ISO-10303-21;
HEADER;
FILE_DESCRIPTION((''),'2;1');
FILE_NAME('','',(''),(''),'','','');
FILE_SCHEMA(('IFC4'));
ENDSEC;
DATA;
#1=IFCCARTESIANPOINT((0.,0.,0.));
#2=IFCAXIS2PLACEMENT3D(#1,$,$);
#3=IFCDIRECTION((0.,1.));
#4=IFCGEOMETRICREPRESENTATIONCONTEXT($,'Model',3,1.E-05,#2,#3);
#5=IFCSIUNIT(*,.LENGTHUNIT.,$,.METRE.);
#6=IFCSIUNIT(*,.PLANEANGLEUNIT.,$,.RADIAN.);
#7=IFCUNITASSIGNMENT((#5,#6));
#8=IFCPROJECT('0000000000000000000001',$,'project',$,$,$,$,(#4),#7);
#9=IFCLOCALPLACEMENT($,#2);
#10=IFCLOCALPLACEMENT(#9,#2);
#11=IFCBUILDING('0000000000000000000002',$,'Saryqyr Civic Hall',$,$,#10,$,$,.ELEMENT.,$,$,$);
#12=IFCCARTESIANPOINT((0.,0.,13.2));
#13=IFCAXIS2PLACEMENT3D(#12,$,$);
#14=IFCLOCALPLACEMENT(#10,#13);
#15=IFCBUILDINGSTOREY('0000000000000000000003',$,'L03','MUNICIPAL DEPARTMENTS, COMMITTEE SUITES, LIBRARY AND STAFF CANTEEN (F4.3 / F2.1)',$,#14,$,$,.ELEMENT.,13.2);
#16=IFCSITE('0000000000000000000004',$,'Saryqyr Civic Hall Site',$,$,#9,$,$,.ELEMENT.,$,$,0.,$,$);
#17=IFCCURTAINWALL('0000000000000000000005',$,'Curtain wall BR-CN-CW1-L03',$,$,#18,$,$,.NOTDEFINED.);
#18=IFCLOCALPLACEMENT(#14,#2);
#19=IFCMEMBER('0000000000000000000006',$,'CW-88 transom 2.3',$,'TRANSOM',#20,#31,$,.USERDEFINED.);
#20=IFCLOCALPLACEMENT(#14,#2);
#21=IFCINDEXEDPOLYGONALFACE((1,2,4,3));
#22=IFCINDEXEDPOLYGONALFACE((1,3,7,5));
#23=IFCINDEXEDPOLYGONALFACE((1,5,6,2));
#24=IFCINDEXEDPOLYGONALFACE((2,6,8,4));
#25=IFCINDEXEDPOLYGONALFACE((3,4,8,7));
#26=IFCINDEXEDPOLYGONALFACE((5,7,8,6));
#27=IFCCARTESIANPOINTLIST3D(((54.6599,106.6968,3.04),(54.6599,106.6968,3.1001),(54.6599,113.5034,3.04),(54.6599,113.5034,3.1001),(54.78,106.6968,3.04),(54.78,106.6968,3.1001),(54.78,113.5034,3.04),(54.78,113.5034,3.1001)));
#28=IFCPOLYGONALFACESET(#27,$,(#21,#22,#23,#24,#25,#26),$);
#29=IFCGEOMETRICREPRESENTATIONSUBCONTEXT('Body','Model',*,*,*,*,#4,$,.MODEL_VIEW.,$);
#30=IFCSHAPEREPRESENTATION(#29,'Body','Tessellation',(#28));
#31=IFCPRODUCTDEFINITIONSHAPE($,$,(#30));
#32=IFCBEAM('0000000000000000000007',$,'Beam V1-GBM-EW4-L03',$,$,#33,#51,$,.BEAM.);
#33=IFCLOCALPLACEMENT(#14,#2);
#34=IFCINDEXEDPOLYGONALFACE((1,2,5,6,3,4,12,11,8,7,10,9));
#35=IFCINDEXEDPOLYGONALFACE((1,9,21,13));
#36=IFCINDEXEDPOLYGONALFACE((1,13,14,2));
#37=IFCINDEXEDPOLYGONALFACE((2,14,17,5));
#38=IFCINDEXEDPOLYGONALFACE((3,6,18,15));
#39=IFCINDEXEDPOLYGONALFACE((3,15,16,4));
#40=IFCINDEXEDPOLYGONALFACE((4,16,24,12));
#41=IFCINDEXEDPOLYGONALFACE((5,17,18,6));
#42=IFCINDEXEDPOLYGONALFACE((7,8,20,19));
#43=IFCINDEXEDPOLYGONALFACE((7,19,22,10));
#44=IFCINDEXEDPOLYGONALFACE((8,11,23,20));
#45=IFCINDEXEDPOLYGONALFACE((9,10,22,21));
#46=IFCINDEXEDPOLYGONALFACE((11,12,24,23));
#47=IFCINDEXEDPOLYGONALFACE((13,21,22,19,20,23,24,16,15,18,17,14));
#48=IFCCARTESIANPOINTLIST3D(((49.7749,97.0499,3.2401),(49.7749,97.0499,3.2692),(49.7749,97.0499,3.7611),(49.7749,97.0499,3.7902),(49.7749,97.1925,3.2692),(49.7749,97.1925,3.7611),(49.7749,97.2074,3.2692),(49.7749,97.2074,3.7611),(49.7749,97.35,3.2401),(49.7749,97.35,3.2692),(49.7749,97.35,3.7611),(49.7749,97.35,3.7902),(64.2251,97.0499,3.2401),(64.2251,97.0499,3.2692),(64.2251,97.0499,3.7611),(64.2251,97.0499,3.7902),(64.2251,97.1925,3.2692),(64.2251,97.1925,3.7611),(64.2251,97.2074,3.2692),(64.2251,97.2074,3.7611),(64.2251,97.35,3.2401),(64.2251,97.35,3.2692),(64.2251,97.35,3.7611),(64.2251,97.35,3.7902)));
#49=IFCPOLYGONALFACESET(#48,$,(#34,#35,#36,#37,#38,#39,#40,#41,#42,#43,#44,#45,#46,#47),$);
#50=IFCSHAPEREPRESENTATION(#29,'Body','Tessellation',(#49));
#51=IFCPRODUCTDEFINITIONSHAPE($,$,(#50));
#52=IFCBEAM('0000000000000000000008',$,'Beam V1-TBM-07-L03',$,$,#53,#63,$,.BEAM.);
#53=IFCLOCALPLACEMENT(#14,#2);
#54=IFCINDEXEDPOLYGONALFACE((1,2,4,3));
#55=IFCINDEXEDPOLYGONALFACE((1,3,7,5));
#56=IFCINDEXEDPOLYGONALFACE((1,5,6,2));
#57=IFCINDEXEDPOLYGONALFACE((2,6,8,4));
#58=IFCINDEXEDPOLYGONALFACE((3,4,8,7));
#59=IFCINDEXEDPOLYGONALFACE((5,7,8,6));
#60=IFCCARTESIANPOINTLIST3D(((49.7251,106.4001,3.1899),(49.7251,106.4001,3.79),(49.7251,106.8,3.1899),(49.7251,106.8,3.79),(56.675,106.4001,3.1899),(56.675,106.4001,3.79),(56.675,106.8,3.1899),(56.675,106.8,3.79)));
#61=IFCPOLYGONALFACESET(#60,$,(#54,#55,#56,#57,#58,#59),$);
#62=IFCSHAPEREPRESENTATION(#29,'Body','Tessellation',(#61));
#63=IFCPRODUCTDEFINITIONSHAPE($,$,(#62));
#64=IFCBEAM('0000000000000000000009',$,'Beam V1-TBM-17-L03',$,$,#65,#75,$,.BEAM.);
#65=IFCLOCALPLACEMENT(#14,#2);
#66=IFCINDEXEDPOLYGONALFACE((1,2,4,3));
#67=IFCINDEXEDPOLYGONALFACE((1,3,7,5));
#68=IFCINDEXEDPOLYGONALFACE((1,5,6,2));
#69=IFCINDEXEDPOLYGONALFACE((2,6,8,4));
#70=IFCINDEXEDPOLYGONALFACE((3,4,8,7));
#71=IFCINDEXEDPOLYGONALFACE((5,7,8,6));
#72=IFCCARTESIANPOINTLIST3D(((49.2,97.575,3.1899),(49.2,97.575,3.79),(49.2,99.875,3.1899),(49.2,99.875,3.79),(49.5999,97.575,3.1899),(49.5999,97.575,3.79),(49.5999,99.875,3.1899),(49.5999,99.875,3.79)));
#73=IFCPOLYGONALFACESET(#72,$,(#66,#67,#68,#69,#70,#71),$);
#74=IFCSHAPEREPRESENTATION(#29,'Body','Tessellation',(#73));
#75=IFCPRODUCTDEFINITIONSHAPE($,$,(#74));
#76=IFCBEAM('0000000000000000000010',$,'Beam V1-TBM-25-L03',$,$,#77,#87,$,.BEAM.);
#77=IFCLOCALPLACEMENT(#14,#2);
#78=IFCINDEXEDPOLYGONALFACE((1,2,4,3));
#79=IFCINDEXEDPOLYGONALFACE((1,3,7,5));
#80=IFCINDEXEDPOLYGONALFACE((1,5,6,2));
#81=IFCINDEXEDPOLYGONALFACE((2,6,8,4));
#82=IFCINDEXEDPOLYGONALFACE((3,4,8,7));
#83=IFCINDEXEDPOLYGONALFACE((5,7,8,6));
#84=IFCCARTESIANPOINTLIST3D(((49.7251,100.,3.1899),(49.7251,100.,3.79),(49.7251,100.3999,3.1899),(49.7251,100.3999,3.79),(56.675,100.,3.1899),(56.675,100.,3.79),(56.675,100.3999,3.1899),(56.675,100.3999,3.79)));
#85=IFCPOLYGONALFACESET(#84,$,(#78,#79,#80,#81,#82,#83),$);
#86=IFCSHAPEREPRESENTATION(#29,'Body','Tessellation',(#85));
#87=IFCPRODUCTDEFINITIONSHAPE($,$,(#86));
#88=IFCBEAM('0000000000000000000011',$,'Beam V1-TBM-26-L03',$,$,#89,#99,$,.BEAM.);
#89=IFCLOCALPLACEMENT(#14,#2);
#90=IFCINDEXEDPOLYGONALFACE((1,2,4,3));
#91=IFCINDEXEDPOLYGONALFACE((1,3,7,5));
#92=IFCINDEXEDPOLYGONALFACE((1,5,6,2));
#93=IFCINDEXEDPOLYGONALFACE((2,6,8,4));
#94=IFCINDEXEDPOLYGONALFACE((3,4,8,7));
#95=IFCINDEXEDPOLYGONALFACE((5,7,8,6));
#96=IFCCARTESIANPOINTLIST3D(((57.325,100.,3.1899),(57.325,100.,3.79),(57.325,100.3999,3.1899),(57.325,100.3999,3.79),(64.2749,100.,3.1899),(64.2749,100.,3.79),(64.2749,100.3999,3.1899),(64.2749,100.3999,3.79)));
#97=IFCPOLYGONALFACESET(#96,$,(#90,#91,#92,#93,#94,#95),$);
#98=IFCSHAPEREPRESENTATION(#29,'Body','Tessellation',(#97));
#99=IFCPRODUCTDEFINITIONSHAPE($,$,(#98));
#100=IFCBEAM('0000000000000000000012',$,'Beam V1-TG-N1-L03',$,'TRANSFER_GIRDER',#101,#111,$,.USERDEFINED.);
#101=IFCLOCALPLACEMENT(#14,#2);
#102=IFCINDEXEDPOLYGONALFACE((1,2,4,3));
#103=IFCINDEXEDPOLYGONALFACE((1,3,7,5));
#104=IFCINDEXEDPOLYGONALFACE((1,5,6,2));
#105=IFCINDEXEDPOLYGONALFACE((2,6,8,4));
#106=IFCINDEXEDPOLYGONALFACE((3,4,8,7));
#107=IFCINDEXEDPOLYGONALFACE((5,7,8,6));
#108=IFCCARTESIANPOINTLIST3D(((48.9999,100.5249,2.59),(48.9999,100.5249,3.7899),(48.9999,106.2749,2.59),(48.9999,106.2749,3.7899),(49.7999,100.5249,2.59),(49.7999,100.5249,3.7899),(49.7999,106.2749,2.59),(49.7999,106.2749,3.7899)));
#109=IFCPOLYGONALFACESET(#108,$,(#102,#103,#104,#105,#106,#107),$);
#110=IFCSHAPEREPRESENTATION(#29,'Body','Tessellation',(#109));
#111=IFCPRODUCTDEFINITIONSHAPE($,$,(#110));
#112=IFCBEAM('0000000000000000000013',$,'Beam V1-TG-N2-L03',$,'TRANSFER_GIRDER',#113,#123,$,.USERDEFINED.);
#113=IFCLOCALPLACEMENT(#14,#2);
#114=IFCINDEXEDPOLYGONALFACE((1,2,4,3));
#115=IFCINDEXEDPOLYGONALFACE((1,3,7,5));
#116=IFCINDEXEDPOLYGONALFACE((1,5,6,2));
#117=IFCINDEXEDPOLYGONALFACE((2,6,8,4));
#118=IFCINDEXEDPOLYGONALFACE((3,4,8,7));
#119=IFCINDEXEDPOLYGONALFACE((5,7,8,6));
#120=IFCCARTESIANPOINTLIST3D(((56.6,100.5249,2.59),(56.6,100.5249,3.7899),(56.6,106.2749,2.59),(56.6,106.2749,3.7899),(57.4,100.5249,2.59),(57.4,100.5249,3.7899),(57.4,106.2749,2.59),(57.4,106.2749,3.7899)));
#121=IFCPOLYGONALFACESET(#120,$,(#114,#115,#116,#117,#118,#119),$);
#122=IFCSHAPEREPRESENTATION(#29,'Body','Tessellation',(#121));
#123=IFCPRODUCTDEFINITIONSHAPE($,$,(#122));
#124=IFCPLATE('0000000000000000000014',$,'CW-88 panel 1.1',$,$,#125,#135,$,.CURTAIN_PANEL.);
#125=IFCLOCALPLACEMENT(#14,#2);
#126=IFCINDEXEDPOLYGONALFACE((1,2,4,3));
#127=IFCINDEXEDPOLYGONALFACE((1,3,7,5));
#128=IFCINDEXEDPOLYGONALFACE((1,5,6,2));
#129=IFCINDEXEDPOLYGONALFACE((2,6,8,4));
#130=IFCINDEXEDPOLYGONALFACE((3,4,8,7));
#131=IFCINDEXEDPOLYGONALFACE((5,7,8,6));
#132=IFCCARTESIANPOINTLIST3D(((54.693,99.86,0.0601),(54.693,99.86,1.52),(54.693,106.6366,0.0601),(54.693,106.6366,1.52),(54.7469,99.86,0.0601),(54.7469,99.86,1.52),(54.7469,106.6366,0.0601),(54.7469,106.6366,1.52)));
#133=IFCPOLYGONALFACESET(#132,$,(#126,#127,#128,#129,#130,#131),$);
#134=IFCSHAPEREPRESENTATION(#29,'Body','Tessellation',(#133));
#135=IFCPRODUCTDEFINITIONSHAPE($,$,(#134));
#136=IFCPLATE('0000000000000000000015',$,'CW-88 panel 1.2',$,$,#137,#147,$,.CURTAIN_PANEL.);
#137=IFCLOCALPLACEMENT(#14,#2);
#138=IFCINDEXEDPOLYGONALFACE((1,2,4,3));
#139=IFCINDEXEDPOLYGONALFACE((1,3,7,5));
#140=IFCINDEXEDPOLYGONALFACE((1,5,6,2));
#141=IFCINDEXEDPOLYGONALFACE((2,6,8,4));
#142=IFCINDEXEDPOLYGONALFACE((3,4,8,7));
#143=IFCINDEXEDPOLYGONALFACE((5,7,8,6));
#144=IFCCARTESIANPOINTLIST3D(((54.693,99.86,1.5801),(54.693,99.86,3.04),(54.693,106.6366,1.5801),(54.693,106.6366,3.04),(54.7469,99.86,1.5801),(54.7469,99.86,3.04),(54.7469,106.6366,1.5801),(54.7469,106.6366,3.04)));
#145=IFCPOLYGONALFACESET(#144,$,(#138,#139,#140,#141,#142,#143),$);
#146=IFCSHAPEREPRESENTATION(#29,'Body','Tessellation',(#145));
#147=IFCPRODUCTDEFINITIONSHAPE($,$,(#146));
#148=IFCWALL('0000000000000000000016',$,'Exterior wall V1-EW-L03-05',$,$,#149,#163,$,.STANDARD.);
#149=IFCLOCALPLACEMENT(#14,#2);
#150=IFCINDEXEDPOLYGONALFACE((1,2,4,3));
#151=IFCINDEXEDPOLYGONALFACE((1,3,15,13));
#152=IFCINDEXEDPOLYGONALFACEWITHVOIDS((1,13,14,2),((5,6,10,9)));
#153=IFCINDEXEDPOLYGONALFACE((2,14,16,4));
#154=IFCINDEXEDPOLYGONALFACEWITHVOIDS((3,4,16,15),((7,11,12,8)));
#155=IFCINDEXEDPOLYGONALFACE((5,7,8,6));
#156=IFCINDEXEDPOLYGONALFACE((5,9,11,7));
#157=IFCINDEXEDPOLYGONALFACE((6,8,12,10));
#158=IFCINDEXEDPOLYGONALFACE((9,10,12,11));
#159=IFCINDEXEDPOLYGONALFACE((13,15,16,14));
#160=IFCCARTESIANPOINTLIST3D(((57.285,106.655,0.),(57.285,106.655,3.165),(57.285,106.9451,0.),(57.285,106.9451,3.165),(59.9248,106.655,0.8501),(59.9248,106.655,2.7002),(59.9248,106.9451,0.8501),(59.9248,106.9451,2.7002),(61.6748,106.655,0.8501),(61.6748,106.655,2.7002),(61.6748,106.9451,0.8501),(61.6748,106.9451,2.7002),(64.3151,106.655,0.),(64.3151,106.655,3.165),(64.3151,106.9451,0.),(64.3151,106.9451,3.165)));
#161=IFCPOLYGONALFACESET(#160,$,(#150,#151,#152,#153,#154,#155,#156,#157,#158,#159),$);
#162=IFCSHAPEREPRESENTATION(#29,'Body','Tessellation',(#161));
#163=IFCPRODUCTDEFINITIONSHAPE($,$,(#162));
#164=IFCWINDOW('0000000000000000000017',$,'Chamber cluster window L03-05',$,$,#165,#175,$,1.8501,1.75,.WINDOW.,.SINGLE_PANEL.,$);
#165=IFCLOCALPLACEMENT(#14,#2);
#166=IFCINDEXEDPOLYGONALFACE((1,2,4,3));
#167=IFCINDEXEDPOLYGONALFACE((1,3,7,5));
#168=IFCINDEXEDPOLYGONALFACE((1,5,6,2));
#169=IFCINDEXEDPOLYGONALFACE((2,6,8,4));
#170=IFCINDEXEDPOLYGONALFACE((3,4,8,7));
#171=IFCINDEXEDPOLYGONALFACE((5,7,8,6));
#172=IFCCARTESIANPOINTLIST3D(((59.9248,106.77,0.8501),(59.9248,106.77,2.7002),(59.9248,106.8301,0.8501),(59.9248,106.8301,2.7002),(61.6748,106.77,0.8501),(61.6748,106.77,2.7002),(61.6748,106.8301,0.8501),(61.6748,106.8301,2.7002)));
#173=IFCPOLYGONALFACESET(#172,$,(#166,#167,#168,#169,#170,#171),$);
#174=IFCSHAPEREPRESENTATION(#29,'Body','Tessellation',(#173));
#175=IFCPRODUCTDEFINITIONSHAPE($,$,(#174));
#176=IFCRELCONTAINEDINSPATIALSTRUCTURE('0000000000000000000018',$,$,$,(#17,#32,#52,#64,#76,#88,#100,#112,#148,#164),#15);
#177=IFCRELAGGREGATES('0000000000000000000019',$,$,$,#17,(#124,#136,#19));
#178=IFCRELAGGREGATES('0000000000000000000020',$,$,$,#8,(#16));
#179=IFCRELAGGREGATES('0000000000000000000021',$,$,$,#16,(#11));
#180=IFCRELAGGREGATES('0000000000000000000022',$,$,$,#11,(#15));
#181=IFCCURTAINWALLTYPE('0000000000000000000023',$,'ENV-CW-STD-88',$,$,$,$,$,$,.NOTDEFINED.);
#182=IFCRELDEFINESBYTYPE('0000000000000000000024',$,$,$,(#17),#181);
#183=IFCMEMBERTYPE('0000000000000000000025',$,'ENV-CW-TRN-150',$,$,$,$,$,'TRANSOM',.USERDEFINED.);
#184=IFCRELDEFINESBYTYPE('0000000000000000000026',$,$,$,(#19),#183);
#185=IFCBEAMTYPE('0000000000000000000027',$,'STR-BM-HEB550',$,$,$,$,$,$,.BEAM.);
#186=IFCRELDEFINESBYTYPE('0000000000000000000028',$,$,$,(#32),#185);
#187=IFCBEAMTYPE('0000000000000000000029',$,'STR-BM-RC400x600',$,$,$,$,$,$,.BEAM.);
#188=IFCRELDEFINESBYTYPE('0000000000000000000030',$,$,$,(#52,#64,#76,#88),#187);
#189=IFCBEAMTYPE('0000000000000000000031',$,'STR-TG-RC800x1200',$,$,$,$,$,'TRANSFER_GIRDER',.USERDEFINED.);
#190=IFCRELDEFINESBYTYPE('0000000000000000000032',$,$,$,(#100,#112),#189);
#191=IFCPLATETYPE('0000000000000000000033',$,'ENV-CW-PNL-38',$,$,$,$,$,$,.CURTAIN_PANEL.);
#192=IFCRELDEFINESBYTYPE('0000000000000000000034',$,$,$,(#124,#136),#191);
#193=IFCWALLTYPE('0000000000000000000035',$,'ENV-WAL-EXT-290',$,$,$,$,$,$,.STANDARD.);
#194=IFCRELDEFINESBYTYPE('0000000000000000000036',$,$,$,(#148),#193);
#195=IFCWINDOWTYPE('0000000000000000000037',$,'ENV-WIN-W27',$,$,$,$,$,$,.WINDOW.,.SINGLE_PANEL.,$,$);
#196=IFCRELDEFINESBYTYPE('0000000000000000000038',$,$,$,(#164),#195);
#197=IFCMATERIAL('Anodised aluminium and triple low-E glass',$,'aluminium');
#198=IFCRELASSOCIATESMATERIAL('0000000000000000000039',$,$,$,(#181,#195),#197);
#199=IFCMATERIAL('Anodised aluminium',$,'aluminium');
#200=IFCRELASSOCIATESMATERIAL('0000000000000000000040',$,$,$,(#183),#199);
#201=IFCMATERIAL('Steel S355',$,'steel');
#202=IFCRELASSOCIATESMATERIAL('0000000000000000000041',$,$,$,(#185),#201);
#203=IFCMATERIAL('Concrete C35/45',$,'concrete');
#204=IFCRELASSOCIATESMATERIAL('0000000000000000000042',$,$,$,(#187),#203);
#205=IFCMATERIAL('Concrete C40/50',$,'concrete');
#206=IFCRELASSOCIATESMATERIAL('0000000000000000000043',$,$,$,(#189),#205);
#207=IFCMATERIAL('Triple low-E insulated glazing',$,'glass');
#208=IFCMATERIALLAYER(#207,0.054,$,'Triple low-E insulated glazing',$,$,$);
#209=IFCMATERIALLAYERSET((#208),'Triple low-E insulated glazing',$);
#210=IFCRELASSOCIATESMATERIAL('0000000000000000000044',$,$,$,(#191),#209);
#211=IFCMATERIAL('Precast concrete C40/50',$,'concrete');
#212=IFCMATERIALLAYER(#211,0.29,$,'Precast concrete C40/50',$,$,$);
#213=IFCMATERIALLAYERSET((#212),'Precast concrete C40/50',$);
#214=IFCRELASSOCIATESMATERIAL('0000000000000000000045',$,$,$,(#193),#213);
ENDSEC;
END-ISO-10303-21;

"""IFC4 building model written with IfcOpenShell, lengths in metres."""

from ifc_helpers import new_model, si_unit, direction, frame, frame_2d, origin, origin_2d, place, context, subcontext, project, spatial, rectangle, i_section, extrude, material, layer, layer_set, material_profile, profile_set, type_object, element, fill, aggregate, save


model = new_model("IFC4")

# Units and contexts
model_context = context("Model", 3, precision=1e-05, world=origin(), true_north=direction((0.0, 1.0)))
body_context = subcontext(model_context, "Body", "Model", "MODEL_VIEW")
ifc_project = project(units=[si_unit("LENGTHUNIT", "METRE"), si_unit("PLANEANGLEUNIT", "RADIAN")], contexts=[model_context])

# Site, building, storey
site_placement = place(None, origin())
site = spatial("IfcSite", under=ifc_project, at=site_placement, Name="Saryqyr Civic Hall Site", CompositionType="ELEMENT", RefElevation=0.0)
building_placement = place(site_placement, origin())
building = spatial("IfcBuilding", under=site, at=building_placement, Name="Saryqyr Civic Hall", CompositionType="ELEMENT")
storey_placement = place(building_placement, frame((0.0, 0.0, 13.2)))
storey = spatial("IfcBuildingStorey", under=building, at=storey_placement, Name="L03", Description="MUNICIPAL DEPARTMENTS, COMMITTEE SUITES, LIBRARY AND STAFF CANTEEN (F4.3 / F2.1)", CompositionType="ELEMENT", Elevation=13.2)

# Shared definitions
ifc_material_1 = material(Name="Steel S355", Category="steel")
ifc_material_2 = material(Name="Concrete C40/50", Category="concrete")

# Curtain wall, member
ifc_material_3 = material(Name="Anodised aluminium and triple low-E glass", Category="aluminium")
curtain_wall_type = type_object("IfcCurtainWallType", Name="ENV-CW-STD-88", PredefinedType="NOTDEFINED", material=ifc_material_3)
curtain_wall_placement = place(storey_placement, origin())
curtain_wall = element("IfcCurtainWall", 1, at=curtain_wall_placement, inside=storey, type_object=curtain_wall_type, Name="Curtain wall BR-CN-CW1-L03", PredefinedType="NOTDEFINED")
ifc_material_4 = material(Name="Anodised aluminium", Category="aluminium")
ifc_material_profile_1 = material_profile(ifc_material_4, rectangle(XDim=0.1201, YDim=0.0601, at=origin_2d()), Name="ALU TRANSOM 120x60")
ifc_profile_set_1 = profile_set([ifc_material_profile_1], Name="Anodised aluminium")
member_type_1 = type_object("IfcMemberType", Name="ENV-CW-TRN-150", ElementType="TRANSOM", PredefinedType="USERDEFINED", material=ifc_profile_set_1)
member_1_placement = place(storey_placement, frame((54.72, 106.6968, 3.0701), z_axis=(0.0, 1.0, 0.0), x_axis=(-1.0, 0.0, 0.0)))
member_1 = element("IfcMember", 2, at=member_1_placement, type_object=member_type_1, Name="CW-88 transom 2.3", ObjectType="TRANSOM", PredefinedType="USERDEFINED", context=body_context, shape_type="SweptSolid", body=[
    extrude(rectangle(XDim=0.1201, YDim=0.0601, at=origin_2d()), origin(), (0.0, 0.0, 1.0), 6.8066),
])

# Beams
ifc_material_profile_2 = material_profile(ifc_material_1, i_section(OverallWidth=0.3, OverallDepth=0.55, WebThickness=0.0149, FlangeThickness=0.0291, at=origin_2d()), Name="HEB 550")
ifc_profile_set_2 = profile_set([ifc_material_profile_2], Name="Steel S355")
beam_type_1 = type_object("IfcBeamType", Name="STR-BM-HEB550", PredefinedType="BEAM", material=ifc_profile_set_2)
beam_1_placement = place(storey_placement, frame((49.7749, 97.2, 3.5151), z_axis=(1.0, 0.0, 0.0), x_axis=(0.0, 1.0, 0.0)))
element("IfcBeam", 3, at=beam_1_placement, inside=storey, type_object=beam_type_1, Name="Beam V1-GBM-EW4-L03", PredefinedType="BEAM", context=body_context, shape_type="SweptSolid", body=[
    extrude(i_section(OverallWidth=0.3, OverallDepth=0.55, WebThickness=0.0149, FlangeThickness=0.0291, at=origin_2d()), origin(), (0.0, 0.0, 1.0), 14.4502),
])
ifc_material_5 = material(Name="Concrete C35/45", Category="concrete")
ifc_material_profile_3 = material_profile(ifc_material_5, rectangle(XDim=0.3999, YDim=0.6001, at=origin_2d()), Name="RC 400x600")
ifc_profile_set_3 = profile_set([ifc_material_profile_3], Name="Concrete C35/45")
beam_type_2 = type_object("IfcBeamType", Name="STR-BM-RC400x600", PredefinedType="BEAM", material=ifc_profile_set_3)
beam_2_placement = place(storey_placement, frame((49.7251, 106.6001, 3.49), z_axis=(1.0, 0.0, 0.0), x_axis=(0.0, 1.0, 0.0)))
element("IfcBeam", 4, at=beam_2_placement, inside=storey, type_object=beam_type_2, Name="Beam V1-TBM-07-L03", PredefinedType="BEAM", context=body_context, shape_type="SweptSolid", body=[
    extrude(rectangle(XDim=0.3999, YDim=0.6001, at=origin_2d()), origin(), (0.0, 0.0, 1.0), 6.95),
])
beam_3_placement = place(storey_placement, frame((49.3999, 97.575, 3.49), z_axis=(0.0, 1.0, 0.0), x_axis=(-1.0, 0.0, 0.0)))
element("IfcBeam", 5, at=beam_3_placement, inside=storey, type_object=beam_type_2, Name="Beam V1-TBM-17-L03", PredefinedType="BEAM", context=body_context, shape_type="SweptSolid", body=[
    extrude(rectangle(XDim=0.3999, YDim=0.6001, at=origin_2d()), origin(), (0.0, 0.0, 1.0), 2.3),
])
for number, where, z_axis, x_axis, name in (
    (6, (49.7251, 100.2, 3.49), (1.0, 0.0, 0.0), (0.0, 1.0, 0.0), "Beam V1-TBM-25-L03"),
    (7, (57.325, 100.2, 3.49), (1.0, 0.0, 0.0), (0.0, 1.0, 0.0), "Beam V1-TBM-26-L03"),
):
    element("IfcBeam", number, at=place(storey_placement, frame(where, z_axis=z_axis, x_axis=x_axis)), inside=storey, type_object=beam_type_2, Name=name, PredefinedType="BEAM", context=body_context, shape_type="SweptSolid", body=[
        extrude(rectangle(XDim=0.3999, YDim=0.6001, at=origin_2d()), origin(), (0.0, 0.0, 1.0), 6.95),
    ])
ifc_material_profile_4 = material_profile(ifc_material_2, rectangle(XDim=0.8, YDim=1.2, at=origin_2d()), Name="RC 800x1200")
ifc_profile_set_4 = profile_set([ifc_material_profile_4], Name="Concrete C40/50")
beam_type_3 = type_object("IfcBeamType", Name="STR-TG-RC800x1200", ElementType="TRANSFER_GIRDER", PredefinedType="USERDEFINED", material=ifc_profile_set_4)
for number, where, z_axis, x_axis, name in (
    (8, (49.3999, 100.5249, 3.1899), (0.0, 1.0, 0.0), (-1.0, 0.0, 0.0), "Beam V1-TG-N1-L03"),
    (9, (57.0, 100.5249, 3.1899), (0.0, 1.0, 0.0), (-1.0, 0.0, 0.0), "Beam V1-TG-N2-L03"),
):
    element("IfcBeam", number, at=place(storey_placement, frame(where, z_axis=z_axis, x_axis=x_axis)), inside=storey, type_object=beam_type_3, Name=name, ObjectType="TRANSFER_GIRDER", PredefinedType="USERDEFINED", context=body_context, shape_type="SweptSolid", body=[
        extrude(rectangle(XDim=0.8, YDim=1.2, at=origin_2d()), origin(), (0.0, 0.0, 1.0), 5.75),
    ])

# Plates
ifc_material_6 = material(Name="Triple low-E insulated glazing", Category="glass")
ifc_layer_1 = layer(ifc_material_6, 0.054, Name="Triple low-E insulated glazing")
ifc_layer_set_1 = layer_set([ifc_layer_1], Name="Triple low-E insulated glazing")
plate_type = type_object("IfcPlateType", Name="ENV-CW-PNL-38", PredefinedType="CURTAIN_PANEL", material=ifc_layer_set_1)
plate_1_placement = place(storey_placement, frame((54.72, 103.2483, 0.0601), z_axis=(0.0, 0.0, 1.0), x_axis=(0.0, 1.0, 0.0)))
plate_1 = element("IfcPlate", 10, at=plate_1_placement, type_object=plate_type, Name="CW-88 panel 1.1", PredefinedType="CURTAIN_PANEL", context=body_context, shape_type="SweptSolid", body=[
    extrude(rectangle(XDim=6.7766, YDim=0.054, at=origin_2d()), origin(), (0.0, 0.0, 1.0), 1.46),
])
plate_2_placement = place(storey_placement, frame((54.72, 103.2483, 1.5801), z_axis=(0.0, 0.0, 1.0), x_axis=(0.0, 1.0, 0.0)))
plate_2 = element("IfcPlate", 11, at=plate_2_placement, type_object=plate_type, Name="CW-88 panel 1.2", PredefinedType="CURTAIN_PANEL", context=body_context, shape_type="SweptSolid", body=[
    extrude(rectangle(XDim=6.7766, YDim=0.054, at=origin_2d()), origin(), (0.0, 0.0, 1.0), 1.46),
])
aggregate(curtain_wall, [plate_1, plate_2, member_1])

# Wall, opening, window
ifc_material_7 = material(Name="Precast concrete C40/50", Category="concrete")
ifc_layer_2 = layer(ifc_material_7, 0.29, Name="Precast concrete C40/50")
ifc_layer_set_2 = layer_set([ifc_layer_2], Name="Precast concrete C40/50")
wall_type_1 = type_object("IfcWallType", Name="ENV-WAL-EXT-290", PredefinedType="STANDARD", material=ifc_layer_set_2)
wall_1_placement = place(storey_placement, frame((57.2849, 106.8, 0.0), z_axis=(0.0, 0.0, 1.0), x_axis=(1.0, 0.0, 0.0)))
wall_1 = element("IfcWall", 12, at=wall_1_placement, inside=storey, type_object=wall_type_1, Name="Exterior wall V1-EW-L03-05", PredefinedType="STANDARD", context=body_context, shape_type="SweptSolid", body=[
    extrude(rectangle(XDim=7.03, YDim=0.29, at=frame_2d((3.5151, 0.0))), origin(), (0.0, 0.0, 1.0), 3.165),
])
opening_placement = place(wall_1_placement, frame((2.6399, 0.0, 0.8501)))
opening = element("IfcOpeningElement", 13, at=opening_placement, cuts=wall_1, PredefinedType="OPENING", context=body_context, shape_type="SweptSolid", body=[
    extrude(rectangle(XDim=1.75, YDim=1.8501, at=frame_2d((0.875, 0.925))), frame((0.0, 0.155, 0.0), z_axis=(0.0, -1.0, 0.0), x_axis=(1.0, 0.0, 0.0)), (0.0, 0.0, 1.0), 0.3101),
])
window_type = type_object("IfcWindowType", Name="ENV-WIN-W27", PartitioningType="SINGLE_PANEL", PredefinedType="WINDOW", material=ifc_material_3)
window_placement = place(opening_placement, origin())
window = element("IfcWindow", 14, at=window_placement, inside=storey, type_object=window_type, Name="Chamber cluster window L03-05", OverallHeight=1.8501, OverallWidth=1.75, PartitioningType="SINGLE_PANEL", PredefinedType="WINDOW", context=body_context, shape_type="SweptSolid", body=[
    extrude(rectangle(XDim=1.75, YDim=1.8501, at=frame_2d((0.875, 0.925))), frame((0.0, 0.03, 0.0), z_axis=(0.0, -1.0, 0.0), x_axis=(1.0, 0.0, 0.0)), (0.0, 0.0, 1.0), 0.0601),
])
fill(opening, window)

save(model, "model.ifc")
